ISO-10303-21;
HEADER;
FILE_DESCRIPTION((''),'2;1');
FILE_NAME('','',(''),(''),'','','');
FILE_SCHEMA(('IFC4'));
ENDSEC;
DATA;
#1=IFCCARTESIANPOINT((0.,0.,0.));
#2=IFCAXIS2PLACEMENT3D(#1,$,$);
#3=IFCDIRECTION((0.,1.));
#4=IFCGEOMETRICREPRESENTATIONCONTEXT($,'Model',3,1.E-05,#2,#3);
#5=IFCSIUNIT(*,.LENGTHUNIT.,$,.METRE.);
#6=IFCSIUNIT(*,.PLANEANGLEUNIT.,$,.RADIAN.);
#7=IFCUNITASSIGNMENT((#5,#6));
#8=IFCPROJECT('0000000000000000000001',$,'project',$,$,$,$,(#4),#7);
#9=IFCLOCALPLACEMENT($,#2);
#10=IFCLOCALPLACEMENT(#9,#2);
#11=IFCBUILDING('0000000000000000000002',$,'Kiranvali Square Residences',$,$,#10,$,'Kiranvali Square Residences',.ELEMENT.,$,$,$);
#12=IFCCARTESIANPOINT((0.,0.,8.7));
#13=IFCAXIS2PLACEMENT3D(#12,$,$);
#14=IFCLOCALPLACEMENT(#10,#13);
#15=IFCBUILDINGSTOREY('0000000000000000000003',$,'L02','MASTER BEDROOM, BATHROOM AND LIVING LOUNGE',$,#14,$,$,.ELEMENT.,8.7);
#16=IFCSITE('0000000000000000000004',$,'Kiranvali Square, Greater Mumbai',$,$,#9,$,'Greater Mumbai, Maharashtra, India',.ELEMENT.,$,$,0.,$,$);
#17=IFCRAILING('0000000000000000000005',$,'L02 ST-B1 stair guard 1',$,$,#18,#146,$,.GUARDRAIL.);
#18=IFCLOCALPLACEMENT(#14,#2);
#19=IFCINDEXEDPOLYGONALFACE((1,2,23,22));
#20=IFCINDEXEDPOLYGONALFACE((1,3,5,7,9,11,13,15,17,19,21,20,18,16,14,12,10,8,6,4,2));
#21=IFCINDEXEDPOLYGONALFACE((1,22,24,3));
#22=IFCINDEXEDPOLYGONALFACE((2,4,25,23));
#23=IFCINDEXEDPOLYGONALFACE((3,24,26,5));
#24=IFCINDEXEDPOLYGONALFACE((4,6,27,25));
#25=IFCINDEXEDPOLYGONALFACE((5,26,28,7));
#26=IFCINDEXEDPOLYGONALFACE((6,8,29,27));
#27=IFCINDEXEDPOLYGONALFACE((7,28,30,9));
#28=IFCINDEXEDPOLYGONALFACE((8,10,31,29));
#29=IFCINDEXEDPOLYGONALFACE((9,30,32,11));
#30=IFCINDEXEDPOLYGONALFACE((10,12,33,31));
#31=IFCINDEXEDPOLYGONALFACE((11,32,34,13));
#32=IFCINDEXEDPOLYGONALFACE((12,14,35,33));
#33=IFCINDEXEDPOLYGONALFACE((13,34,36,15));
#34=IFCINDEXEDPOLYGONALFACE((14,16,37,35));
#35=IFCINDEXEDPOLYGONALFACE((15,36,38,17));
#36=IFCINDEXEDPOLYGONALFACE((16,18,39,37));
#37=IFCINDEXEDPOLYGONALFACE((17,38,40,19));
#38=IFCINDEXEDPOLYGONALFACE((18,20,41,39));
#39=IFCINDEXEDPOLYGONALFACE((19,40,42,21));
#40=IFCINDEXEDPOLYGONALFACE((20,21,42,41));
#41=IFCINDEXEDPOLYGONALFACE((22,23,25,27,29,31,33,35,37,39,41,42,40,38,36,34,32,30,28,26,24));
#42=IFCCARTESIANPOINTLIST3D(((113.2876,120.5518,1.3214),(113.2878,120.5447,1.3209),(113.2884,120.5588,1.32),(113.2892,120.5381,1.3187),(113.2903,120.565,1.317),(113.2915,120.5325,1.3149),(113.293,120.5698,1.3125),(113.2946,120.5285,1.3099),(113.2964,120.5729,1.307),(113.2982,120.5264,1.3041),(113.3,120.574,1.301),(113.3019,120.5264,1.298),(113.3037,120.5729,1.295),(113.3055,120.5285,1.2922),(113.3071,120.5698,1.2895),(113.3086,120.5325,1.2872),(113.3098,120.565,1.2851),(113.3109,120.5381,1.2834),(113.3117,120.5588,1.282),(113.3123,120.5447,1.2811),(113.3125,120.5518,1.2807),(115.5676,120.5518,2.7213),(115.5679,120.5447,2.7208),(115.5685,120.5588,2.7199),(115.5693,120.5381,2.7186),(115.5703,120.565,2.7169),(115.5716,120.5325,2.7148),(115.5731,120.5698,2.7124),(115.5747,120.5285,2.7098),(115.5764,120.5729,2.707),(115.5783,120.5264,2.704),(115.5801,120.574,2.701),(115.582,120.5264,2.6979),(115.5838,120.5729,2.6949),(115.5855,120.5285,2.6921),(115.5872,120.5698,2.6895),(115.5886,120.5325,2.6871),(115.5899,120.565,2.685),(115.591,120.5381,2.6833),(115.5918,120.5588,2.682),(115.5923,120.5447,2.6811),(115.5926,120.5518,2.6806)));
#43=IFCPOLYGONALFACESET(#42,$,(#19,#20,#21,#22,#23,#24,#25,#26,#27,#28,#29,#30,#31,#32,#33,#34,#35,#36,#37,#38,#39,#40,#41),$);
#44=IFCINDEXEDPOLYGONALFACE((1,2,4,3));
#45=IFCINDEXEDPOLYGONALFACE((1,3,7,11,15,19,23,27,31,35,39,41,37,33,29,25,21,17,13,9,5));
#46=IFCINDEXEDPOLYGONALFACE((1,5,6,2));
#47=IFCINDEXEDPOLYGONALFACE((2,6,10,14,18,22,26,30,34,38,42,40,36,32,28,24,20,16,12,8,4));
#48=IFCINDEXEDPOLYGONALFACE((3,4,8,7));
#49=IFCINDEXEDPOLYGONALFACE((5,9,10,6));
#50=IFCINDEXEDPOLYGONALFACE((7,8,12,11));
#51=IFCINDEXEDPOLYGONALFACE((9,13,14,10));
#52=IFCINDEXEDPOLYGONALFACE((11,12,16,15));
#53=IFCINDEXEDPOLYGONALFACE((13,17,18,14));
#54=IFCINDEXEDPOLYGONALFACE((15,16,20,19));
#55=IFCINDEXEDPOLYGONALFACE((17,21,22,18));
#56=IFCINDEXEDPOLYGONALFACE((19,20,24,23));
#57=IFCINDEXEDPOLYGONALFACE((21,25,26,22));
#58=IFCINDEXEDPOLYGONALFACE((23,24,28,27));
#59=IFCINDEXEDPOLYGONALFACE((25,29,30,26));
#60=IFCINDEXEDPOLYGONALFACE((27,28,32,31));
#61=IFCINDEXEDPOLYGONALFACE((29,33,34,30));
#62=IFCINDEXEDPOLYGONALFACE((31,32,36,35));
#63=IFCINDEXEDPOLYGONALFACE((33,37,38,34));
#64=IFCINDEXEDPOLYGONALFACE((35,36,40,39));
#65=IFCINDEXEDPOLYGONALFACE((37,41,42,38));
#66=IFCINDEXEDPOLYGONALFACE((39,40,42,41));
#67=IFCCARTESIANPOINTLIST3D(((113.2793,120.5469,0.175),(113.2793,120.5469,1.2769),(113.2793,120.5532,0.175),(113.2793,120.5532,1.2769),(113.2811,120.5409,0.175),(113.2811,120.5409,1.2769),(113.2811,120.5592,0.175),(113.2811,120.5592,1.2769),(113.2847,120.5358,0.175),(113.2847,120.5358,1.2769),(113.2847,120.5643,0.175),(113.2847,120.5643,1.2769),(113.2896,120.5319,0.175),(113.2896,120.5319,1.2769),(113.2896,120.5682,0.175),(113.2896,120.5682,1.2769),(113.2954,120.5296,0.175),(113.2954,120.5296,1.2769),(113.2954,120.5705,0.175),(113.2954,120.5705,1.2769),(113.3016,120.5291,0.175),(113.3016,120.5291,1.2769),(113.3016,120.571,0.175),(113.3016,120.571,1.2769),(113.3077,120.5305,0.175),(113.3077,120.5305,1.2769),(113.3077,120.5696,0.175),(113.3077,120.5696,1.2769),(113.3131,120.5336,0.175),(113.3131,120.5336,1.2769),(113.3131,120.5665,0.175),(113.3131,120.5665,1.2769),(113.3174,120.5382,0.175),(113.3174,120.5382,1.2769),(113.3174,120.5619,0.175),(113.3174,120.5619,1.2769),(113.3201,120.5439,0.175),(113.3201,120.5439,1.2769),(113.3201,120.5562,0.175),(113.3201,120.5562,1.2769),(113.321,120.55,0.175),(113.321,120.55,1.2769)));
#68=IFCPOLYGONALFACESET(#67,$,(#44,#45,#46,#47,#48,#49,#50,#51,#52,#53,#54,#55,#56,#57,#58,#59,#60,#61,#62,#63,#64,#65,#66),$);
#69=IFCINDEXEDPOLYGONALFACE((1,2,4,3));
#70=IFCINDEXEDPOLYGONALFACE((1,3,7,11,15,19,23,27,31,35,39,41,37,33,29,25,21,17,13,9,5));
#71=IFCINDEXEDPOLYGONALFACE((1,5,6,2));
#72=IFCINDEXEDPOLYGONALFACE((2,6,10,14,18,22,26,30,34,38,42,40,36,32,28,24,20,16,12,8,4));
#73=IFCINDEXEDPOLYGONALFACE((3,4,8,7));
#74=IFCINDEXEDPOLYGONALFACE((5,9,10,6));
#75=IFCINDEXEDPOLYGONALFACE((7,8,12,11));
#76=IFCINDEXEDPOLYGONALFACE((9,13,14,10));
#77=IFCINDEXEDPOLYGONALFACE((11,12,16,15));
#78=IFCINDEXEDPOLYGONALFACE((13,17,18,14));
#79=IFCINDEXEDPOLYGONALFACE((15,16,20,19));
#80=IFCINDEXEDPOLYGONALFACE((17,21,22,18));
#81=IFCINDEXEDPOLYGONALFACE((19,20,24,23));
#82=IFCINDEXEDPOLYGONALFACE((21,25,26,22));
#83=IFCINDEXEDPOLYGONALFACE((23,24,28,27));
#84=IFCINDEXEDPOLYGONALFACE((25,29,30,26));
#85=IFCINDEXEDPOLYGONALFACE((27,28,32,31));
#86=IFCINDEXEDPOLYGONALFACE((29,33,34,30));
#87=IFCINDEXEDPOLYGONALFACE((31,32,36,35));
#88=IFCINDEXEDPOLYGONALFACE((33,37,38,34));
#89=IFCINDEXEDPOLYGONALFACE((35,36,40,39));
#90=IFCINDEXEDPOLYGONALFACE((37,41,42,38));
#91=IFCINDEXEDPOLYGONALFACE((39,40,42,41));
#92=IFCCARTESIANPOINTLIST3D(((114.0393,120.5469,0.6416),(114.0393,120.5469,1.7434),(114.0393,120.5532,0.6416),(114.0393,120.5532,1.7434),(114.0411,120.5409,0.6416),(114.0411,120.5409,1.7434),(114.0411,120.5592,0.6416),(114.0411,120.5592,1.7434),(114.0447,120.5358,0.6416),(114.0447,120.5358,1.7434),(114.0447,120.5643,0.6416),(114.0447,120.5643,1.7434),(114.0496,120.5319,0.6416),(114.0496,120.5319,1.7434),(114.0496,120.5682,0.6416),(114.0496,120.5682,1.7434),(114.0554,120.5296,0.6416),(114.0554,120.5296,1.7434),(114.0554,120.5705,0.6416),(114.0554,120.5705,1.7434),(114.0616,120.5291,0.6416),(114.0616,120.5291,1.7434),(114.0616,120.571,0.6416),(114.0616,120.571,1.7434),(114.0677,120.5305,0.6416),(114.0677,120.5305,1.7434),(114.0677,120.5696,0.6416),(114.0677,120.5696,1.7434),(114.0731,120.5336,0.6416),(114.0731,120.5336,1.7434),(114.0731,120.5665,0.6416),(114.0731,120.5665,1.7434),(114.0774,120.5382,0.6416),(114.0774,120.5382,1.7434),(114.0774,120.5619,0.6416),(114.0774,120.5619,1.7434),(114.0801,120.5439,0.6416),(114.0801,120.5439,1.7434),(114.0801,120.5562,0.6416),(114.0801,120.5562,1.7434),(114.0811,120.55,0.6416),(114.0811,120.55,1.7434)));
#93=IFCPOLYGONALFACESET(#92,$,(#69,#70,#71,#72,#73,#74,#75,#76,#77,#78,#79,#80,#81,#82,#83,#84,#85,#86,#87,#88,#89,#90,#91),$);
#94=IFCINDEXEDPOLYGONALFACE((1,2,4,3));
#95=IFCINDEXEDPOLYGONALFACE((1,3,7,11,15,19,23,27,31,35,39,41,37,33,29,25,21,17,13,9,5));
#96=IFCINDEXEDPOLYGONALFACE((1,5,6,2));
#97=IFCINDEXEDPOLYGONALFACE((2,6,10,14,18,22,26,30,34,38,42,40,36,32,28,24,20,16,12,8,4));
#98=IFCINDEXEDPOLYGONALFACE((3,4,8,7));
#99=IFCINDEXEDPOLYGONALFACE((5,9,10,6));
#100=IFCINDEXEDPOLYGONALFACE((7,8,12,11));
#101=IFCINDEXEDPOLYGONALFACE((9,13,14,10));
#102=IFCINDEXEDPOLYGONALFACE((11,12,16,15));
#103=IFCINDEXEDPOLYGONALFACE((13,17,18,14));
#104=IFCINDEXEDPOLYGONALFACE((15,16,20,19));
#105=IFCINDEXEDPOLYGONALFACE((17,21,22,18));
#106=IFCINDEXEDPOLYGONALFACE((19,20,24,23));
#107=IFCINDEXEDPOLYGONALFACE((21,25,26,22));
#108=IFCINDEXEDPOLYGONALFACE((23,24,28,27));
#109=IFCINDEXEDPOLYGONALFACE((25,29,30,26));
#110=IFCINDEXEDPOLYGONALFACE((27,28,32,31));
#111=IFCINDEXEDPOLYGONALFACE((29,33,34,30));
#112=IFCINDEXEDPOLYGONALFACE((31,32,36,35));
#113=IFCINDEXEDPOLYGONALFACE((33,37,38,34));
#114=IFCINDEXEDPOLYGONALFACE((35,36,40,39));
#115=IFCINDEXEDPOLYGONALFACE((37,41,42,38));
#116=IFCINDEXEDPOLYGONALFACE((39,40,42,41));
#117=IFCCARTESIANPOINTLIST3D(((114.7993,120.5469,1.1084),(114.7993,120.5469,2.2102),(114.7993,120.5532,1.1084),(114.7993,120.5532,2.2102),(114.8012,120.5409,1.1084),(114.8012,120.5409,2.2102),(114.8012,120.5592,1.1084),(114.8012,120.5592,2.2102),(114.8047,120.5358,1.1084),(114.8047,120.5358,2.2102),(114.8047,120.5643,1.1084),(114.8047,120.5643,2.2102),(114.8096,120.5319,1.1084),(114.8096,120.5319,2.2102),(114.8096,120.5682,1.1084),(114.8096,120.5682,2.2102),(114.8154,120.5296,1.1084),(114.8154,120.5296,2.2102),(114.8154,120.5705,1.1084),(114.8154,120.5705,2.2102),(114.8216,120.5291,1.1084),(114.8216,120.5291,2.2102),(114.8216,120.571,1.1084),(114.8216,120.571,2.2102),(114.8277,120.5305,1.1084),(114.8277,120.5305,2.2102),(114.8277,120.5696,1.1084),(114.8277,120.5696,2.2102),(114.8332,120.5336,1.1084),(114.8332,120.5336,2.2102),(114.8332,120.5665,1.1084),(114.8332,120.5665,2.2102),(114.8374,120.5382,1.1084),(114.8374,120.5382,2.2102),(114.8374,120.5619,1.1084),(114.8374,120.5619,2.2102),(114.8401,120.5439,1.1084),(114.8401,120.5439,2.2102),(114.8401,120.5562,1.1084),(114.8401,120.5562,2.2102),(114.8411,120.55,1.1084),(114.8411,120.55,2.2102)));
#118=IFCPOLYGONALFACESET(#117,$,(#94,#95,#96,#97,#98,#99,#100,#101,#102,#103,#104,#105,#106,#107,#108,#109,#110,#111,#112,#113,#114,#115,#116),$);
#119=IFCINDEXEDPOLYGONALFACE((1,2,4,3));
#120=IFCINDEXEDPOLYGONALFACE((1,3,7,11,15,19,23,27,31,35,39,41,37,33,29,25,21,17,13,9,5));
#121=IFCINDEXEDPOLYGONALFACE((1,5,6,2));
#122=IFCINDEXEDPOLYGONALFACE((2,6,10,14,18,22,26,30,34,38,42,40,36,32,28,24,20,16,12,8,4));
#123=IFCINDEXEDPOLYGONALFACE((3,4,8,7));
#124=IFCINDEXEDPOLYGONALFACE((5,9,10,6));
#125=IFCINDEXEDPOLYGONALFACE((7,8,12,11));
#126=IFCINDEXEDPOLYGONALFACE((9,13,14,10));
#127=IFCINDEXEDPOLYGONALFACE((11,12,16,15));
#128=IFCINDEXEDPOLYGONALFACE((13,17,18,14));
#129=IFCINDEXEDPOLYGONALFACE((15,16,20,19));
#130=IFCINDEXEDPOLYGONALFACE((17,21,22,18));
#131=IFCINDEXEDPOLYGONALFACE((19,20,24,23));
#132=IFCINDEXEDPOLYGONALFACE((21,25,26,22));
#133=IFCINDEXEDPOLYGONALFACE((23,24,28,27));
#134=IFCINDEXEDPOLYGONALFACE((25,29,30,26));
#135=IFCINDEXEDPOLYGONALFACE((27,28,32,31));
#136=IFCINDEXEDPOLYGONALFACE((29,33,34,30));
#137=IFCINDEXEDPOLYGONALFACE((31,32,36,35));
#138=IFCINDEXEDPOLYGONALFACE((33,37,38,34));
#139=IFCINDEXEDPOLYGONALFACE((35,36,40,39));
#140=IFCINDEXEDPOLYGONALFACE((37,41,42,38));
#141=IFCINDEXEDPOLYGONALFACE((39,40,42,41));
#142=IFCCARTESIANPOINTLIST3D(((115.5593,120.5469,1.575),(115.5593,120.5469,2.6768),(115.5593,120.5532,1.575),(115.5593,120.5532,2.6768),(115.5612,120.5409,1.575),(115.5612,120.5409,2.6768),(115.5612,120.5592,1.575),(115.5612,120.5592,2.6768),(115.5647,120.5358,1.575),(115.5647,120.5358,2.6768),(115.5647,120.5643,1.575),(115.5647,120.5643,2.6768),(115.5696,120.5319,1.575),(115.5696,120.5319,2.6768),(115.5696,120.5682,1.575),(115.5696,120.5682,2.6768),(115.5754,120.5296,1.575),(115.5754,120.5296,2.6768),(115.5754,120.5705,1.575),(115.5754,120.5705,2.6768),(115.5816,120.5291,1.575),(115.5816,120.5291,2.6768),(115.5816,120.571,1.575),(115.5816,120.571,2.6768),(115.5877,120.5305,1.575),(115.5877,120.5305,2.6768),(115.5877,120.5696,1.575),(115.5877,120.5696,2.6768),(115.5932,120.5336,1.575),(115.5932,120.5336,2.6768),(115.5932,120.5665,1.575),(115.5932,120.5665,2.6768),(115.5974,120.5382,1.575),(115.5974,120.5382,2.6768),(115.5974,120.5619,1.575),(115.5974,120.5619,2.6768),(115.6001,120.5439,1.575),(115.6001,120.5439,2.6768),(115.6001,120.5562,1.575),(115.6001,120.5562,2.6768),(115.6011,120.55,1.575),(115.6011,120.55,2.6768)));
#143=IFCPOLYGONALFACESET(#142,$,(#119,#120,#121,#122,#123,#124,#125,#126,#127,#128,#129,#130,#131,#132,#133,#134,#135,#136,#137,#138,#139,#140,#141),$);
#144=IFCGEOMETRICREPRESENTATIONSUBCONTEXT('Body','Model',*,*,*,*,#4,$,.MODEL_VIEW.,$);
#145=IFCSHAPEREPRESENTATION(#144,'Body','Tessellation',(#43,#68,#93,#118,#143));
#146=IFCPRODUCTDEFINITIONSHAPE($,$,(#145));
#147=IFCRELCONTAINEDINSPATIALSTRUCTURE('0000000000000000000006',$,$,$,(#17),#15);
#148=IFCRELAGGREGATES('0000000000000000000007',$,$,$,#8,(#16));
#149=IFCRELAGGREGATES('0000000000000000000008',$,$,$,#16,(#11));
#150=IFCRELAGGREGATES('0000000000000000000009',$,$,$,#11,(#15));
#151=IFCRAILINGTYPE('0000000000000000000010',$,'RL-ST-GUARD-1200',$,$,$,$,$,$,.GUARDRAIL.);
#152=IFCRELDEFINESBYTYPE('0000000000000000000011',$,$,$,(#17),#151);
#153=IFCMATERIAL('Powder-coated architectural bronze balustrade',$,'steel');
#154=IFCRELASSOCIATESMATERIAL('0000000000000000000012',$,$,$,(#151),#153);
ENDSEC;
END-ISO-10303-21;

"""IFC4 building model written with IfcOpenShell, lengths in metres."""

from ifc_helpers import new_model, si_unit, direction, frame, origin, origin_2d, place, context, subcontext, project, spatial, circle, extrude, material, type_object, element, save


model = new_model("IFC4")

# Units and contexts
model_context = context("Model", 3, precision=1e-05, world=origin(), true_north=direction((0.0, 1.0)))
body_context = subcontext(model_context, "Body", "Model", "MODEL_VIEW")
ifc_project = project(units=[si_unit("LENGTHUNIT", "METRE"), si_unit("PLANEANGLEUNIT", "RADIAN")], contexts=[model_context])

# Site, building, storey
site_placement = place(None, origin())
site = spatial("IfcSite", under=ifc_project, at=site_placement, Name="Kiranvali Square, Greater Mumbai", LongName="Greater Mumbai, Maharashtra, India", CompositionType="ELEMENT", RefElevation=0.0)
building_placement = place(site_placement, origin())
building = spatial("IfcBuilding", under=site, at=building_placement, Name="Kiranvali Square Residences", LongName="Kiranvali Square Residences", CompositionType="ELEMENT")
storey_placement = place(building_placement, frame((0.0, 0.0, 8.7)))
storey = spatial("IfcBuildingStorey", under=building, at=storey_placement, Name="L02", Description="MASTER BEDROOM, BATHROOM AND LIVING LOUNGE", CompositionType="ELEMENT", Elevation=8.7)

# Railing
ifc_material_1 = material(Name="Powder-coated architectural bronze balustrade", Category="steel")
railing_type_1 = type_object("IfcRailingType", Name="RL-ST-GUARD-1200", PredefinedType="GUARDRAIL", material=ifc_material_1)
railing_1_placement = place(storey_placement, frame((113.3, 120.55, 0.175)))
element("IfcRailing", 1, at=railing_1_placement, inside=storey, type_object=railing_type_1, Name="L02 ST-B1 stair guard 1", PredefinedType="GUARDRAIL", context=body_context, shape_type="SweptSolid", body=[
    extrude(circle(Radius=0.0239, at=origin_2d()), frame((0.0, 0.0, 1.126), z_axis=(0.85219, 0.0, 0.523232), x_axis=(0.0, 1.0, 0.0)), (0.0, 0.0, 1.0), 2.6755),
    extrude(circle(Radius=0.021, at=origin_2d()), origin(), (0.0, 0.0, 1.0), 1.1018),
    extrude(circle(Radius=0.021, at=origin_2d()), frame((0.76, 0.0, 0.4666)), (0.0, 0.0, 1.0), 1.1018),
    extrude(circle(Radius=0.021, at=origin_2d()), frame((1.52, 0.0, 0.9333)), (0.0, 0.0, 1.0), 1.1018),
    extrude(circle(Radius=0.021, at=origin_2d()), frame((2.28, 0.0, 1.3999)), (0.0, 0.0, 1.0), 1.1018),
])

save(model, "model.ifc")
